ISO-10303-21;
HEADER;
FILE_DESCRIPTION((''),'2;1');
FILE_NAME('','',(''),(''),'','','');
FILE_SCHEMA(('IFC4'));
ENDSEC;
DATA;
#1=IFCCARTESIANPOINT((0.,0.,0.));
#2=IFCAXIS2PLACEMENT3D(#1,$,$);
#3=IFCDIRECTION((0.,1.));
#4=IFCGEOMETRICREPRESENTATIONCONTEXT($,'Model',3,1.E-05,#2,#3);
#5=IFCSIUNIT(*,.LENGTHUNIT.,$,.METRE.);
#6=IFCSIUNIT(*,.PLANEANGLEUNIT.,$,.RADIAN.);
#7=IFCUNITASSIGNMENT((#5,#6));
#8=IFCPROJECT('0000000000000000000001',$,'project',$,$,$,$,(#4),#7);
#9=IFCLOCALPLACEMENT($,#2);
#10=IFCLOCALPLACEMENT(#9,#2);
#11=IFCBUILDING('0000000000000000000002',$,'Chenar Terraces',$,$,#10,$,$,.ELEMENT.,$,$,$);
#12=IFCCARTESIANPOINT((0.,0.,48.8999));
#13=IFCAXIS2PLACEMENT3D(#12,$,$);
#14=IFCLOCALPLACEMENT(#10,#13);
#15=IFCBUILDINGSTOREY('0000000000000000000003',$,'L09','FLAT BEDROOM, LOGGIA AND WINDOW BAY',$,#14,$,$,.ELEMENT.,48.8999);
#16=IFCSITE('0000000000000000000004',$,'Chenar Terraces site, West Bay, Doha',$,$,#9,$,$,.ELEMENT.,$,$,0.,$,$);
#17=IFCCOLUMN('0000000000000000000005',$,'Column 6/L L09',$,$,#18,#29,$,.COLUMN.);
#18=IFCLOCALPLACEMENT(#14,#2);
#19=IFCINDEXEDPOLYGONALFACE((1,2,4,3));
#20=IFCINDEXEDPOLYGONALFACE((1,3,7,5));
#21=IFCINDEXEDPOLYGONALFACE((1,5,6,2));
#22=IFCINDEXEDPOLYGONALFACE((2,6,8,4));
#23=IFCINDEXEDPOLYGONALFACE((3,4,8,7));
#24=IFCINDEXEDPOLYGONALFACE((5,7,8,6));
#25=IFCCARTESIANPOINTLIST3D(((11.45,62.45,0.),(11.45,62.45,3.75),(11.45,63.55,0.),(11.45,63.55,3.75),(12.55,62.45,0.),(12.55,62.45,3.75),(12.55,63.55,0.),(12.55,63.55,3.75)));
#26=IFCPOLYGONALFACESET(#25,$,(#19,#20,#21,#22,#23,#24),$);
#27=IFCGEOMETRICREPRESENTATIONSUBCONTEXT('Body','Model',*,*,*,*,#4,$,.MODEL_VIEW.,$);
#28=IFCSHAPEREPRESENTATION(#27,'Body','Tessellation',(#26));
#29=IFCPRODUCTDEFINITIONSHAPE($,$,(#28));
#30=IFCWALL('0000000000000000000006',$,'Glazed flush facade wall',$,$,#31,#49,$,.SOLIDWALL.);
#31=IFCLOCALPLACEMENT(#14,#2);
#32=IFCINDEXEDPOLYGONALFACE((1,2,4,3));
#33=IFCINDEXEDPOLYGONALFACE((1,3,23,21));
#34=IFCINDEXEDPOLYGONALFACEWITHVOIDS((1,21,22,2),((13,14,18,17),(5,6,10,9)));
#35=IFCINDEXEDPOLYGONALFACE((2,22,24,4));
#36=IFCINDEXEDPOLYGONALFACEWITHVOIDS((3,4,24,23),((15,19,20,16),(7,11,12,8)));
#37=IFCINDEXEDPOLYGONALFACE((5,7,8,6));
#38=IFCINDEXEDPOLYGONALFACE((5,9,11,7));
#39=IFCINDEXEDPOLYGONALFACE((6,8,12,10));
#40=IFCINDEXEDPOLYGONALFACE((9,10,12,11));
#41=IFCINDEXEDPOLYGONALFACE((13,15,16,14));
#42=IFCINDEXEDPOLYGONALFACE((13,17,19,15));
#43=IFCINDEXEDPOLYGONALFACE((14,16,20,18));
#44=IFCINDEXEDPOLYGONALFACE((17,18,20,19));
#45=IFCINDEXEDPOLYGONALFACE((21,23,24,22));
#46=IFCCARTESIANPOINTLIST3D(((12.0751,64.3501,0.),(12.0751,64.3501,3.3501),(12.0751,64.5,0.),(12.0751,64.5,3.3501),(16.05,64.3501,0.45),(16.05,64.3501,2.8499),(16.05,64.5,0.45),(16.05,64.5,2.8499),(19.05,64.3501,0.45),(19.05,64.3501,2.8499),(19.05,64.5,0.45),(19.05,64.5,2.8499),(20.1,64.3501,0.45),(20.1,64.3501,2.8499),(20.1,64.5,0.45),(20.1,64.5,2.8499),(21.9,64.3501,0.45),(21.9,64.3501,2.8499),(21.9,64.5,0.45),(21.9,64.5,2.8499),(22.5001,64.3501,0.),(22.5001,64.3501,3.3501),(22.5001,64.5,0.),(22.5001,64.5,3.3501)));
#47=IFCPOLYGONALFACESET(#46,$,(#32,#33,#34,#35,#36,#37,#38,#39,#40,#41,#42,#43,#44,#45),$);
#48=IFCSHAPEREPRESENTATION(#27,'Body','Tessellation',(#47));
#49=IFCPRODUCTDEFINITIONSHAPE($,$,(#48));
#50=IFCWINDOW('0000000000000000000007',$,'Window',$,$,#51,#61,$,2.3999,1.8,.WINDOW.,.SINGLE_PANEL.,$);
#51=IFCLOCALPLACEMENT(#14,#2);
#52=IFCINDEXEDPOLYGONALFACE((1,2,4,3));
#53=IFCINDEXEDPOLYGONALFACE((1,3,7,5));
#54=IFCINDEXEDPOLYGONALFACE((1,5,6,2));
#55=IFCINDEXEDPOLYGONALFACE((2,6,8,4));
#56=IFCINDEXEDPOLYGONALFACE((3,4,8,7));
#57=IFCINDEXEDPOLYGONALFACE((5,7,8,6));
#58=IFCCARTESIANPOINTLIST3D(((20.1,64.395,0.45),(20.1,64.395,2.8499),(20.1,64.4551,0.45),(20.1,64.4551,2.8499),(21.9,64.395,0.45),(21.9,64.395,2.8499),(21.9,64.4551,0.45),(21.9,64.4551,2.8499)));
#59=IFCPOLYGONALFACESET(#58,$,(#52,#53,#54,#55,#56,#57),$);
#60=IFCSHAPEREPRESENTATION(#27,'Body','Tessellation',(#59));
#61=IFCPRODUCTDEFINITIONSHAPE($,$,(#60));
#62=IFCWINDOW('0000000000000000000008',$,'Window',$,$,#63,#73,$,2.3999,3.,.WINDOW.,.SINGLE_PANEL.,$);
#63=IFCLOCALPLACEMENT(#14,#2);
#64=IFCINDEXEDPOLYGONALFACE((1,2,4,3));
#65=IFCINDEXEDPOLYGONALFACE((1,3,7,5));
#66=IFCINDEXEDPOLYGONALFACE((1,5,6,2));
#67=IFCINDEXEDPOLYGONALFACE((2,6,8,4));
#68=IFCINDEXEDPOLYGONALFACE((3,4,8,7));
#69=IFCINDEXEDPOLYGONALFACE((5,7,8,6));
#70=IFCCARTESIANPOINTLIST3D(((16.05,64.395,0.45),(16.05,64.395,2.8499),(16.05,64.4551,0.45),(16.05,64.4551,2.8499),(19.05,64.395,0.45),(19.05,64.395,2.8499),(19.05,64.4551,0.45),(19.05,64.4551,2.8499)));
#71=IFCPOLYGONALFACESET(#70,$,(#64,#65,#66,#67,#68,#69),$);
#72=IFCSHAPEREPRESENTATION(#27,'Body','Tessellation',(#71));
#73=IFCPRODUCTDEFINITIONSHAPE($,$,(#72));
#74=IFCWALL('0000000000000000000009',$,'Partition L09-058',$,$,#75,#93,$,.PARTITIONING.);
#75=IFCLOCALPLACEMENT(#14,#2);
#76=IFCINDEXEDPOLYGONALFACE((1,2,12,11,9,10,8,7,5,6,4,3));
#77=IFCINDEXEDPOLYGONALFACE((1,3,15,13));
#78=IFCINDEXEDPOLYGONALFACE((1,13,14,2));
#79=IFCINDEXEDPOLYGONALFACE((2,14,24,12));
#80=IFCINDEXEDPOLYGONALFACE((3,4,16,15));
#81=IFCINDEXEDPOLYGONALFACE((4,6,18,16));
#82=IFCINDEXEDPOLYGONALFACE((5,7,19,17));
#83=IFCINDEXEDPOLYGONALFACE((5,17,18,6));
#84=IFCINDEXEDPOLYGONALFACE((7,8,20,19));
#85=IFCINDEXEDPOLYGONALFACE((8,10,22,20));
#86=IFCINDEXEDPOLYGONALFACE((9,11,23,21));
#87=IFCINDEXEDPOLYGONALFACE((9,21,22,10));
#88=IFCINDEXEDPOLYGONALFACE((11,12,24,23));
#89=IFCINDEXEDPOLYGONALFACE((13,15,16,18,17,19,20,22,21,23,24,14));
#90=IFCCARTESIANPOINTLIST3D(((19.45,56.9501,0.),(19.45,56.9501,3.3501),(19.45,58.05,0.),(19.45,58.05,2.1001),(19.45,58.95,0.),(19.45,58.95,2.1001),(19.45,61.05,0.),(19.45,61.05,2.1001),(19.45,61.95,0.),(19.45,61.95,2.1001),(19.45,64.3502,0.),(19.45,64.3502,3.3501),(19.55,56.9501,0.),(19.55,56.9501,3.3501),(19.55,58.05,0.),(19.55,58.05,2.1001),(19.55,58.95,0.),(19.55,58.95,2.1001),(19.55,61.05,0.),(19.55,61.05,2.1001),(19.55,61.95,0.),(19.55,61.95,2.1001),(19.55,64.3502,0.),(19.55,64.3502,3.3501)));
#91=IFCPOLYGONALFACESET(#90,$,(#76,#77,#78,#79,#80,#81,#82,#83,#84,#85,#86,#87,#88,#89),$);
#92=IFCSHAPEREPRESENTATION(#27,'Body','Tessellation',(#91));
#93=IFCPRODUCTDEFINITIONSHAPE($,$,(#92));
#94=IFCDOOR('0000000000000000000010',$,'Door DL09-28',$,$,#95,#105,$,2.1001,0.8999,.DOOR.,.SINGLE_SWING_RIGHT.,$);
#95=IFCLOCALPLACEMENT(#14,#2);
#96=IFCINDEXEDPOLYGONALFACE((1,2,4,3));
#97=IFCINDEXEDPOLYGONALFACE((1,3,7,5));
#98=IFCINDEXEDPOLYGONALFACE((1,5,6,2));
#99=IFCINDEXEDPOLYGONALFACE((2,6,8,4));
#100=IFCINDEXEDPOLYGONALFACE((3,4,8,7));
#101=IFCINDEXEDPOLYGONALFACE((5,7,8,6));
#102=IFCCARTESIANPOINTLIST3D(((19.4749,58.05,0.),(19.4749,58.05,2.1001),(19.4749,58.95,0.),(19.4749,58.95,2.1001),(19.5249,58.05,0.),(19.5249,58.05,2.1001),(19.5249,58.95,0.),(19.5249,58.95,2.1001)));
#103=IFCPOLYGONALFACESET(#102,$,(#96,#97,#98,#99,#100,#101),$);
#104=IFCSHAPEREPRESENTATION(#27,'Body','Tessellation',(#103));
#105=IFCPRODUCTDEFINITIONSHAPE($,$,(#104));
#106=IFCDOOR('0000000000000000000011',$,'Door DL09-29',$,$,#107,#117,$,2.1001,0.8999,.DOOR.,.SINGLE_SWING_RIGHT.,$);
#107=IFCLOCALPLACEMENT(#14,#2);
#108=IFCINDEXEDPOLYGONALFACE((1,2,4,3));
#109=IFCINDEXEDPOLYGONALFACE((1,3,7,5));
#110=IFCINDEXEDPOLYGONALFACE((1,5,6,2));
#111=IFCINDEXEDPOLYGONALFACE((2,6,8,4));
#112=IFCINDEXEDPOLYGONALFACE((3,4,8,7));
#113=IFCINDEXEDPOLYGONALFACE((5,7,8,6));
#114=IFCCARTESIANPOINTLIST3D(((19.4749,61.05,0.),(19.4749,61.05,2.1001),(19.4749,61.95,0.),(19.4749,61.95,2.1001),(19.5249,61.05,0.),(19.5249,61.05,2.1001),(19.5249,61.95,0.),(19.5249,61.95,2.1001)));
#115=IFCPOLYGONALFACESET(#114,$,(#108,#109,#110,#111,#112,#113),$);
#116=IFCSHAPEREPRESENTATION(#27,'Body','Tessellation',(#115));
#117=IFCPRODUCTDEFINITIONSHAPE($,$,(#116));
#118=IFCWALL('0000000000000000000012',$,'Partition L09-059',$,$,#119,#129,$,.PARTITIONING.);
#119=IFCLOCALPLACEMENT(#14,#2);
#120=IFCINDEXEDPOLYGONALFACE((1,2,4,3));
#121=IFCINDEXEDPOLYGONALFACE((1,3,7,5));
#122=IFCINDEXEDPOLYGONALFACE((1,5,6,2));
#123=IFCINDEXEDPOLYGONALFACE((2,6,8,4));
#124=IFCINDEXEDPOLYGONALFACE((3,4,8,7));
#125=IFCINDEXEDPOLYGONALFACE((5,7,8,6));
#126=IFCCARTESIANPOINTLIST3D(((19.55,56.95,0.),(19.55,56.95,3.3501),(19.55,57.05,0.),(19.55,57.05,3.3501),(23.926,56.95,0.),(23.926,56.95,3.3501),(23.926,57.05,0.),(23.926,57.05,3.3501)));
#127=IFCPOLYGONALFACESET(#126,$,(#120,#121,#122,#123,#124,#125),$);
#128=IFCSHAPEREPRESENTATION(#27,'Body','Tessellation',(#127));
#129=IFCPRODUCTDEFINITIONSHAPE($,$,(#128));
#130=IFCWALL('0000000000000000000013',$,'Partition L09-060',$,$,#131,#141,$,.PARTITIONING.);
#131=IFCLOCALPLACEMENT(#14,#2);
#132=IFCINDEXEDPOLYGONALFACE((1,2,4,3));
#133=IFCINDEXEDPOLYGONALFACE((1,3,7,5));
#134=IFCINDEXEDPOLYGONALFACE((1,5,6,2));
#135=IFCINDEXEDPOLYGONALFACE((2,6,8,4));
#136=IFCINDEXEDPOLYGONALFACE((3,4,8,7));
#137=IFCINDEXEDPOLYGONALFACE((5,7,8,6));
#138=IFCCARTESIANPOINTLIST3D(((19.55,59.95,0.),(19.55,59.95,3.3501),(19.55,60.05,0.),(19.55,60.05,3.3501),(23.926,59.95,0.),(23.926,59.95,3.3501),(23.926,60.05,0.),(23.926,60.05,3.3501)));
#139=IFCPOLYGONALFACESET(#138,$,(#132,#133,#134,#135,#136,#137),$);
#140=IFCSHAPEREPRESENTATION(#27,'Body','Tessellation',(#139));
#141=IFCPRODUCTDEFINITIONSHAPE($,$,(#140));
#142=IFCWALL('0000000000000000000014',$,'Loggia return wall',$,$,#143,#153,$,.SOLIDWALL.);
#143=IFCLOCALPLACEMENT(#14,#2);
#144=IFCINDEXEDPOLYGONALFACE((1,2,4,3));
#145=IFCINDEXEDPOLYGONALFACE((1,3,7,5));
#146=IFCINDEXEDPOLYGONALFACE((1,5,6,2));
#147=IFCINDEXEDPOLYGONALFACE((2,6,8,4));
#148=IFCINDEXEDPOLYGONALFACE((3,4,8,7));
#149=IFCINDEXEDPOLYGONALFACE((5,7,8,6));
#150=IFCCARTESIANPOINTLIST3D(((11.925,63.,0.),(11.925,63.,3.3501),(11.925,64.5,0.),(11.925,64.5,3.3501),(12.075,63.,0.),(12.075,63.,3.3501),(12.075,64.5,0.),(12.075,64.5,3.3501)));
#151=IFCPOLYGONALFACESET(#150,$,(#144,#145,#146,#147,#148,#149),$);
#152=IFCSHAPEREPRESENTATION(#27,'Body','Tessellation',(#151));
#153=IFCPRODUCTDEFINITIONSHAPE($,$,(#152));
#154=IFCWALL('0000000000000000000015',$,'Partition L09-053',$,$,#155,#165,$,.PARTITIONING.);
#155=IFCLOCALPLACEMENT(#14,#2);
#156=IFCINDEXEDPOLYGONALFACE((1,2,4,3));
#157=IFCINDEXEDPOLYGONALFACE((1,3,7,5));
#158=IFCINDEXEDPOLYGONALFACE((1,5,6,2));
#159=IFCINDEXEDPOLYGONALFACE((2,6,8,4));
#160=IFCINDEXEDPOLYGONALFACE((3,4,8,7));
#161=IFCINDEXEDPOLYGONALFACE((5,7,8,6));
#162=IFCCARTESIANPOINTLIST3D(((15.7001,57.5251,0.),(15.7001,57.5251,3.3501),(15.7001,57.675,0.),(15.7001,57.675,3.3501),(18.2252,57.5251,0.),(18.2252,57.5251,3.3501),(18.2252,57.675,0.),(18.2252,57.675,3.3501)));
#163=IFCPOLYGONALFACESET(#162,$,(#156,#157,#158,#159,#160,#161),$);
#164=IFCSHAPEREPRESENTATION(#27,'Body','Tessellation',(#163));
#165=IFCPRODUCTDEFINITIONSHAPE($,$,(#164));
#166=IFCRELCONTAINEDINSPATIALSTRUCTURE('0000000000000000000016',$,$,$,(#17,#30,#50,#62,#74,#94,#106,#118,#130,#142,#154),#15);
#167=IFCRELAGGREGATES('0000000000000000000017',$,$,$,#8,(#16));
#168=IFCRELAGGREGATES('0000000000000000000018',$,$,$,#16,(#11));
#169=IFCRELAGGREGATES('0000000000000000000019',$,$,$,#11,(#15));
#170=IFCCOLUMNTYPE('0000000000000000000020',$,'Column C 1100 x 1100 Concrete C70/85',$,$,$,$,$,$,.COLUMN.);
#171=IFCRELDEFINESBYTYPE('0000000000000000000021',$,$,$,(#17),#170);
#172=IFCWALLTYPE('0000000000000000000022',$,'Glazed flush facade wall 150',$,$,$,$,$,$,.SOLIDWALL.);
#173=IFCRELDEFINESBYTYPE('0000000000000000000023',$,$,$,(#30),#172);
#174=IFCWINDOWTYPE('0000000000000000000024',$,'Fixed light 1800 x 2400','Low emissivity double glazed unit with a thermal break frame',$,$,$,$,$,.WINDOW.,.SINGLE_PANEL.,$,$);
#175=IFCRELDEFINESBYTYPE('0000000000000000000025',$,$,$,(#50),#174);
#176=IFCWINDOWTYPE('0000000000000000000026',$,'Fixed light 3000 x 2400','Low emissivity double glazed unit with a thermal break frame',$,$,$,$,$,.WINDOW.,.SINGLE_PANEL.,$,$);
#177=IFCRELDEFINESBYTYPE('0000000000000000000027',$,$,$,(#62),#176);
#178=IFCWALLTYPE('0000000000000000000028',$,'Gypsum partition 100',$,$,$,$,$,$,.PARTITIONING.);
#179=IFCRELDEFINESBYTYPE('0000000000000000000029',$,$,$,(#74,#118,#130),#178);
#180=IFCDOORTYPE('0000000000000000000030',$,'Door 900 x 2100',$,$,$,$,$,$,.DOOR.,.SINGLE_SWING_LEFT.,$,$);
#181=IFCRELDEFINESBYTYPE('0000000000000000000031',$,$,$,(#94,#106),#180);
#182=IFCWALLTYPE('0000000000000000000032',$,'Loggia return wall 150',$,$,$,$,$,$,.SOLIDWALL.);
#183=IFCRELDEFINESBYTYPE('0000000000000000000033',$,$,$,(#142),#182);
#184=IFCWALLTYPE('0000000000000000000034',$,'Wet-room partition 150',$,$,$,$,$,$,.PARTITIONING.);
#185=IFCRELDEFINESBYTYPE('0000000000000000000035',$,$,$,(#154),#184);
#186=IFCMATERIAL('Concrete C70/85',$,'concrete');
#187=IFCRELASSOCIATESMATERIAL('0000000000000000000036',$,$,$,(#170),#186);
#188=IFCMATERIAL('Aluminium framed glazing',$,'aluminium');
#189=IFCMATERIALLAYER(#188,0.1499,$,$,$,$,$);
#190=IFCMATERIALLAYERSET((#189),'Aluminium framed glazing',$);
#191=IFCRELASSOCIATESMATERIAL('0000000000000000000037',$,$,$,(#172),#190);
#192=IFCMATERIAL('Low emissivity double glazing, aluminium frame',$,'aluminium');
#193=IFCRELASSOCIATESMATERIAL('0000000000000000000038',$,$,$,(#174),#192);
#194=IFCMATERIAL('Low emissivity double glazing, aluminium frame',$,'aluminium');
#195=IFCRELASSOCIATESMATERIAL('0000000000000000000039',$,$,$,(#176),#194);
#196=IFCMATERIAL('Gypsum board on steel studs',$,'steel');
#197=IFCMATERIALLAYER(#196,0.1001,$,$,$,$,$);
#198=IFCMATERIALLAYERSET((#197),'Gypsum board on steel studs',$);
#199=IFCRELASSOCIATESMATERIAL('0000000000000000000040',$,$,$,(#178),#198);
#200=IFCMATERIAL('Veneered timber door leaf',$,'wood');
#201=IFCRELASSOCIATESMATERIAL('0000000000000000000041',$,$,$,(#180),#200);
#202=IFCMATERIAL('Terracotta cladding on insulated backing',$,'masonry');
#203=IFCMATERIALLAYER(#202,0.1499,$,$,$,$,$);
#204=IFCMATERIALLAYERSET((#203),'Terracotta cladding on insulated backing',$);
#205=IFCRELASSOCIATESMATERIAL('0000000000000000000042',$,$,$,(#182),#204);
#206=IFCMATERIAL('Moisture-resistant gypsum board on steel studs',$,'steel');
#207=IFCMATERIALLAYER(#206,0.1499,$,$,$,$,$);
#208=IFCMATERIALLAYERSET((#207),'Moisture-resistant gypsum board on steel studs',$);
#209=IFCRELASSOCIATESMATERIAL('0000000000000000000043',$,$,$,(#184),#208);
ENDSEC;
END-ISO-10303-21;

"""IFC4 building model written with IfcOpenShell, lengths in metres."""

from ifc_helpers import new_model, si_unit, direction, frame, frame_2d, origin, origin_2d, place, context, subcontext, project, spatial, rectangle, extrude, material, layer, layer_set, material_profile, profile_set, type_object, element, fill, save


model = new_model("IFC4")

# Units and contexts
model_context = context("Model", 3, precision=1e-05, world=origin(), true_north=direction((0.0, 1.0)))
body_context = subcontext(model_context, "Body", "Model", "MODEL_VIEW")
ifc_project = project(units=[si_unit("LENGTHUNIT", "METRE"), si_unit("PLANEANGLEUNIT", "RADIAN")], contexts=[model_context])

# Site, building, storey
site_placement = place(None, origin())
site = spatial("IfcSite", under=ifc_project, at=site_placement, Name="Chenar Terraces site, West Bay, Doha", CompositionType="ELEMENT", RefElevation=0.0)
building_placement = place(site_placement, origin())
building = spatial("IfcBuilding", under=site, at=building_placement, Name="Chenar Terraces", CompositionType="ELEMENT")
storey_placement = place(building_placement, frame((0.0, 0.0, 48.8999)))
storey = spatial("IfcBuildingStorey", under=building, at=storey_placement, Name="L09", Description="FLAT BEDROOM, LOGGIA AND WINDOW BAY", CompositionType="ELEMENT", Elevation=48.8999)

# Column
ifc_material_1 = material(Name="Concrete C70/85", Category="concrete")
ifc_material_profile_1 = material_profile(ifc_material_1, rectangle(XDim=1.1001, YDim=1.1001, at=origin_2d()), Name="C 1100 x 1100")
ifc_profile_set_1 = profile_set([ifc_material_profile_1], Name="Concrete C70/85")
column_type = type_object("IfcColumnType", Name="Column C 1100 x 1100 Concrete C70/85", PredefinedType="COLUMN", material=ifc_profile_set_1)
column_placement = place(storey_placement, frame((12.0, 63.0, 0.0), z_axis=(0.0, 0.0, 1.0), x_axis=(1.0, 0.0, 0.0)))
element("IfcColumn", 1, at=column_placement, inside=storey, type_object=column_type, Name="Column 6/L L09", PredefinedType="COLUMN", context=body_context, shape_type="SweptSolid", body=[
    extrude(rectangle(XDim=1.1001, YDim=1.1001, at=origin_2d()), origin(), (0.0, 0.0, 1.0), 3.75),
])

# Wall, openings, windows
ifc_material_2 = material(Name="Aluminium framed glazing", Category="aluminium")
ifc_layer_1 = layer(ifc_material_2, 0.1499)
ifc_layer_set_1 = layer_set([ifc_layer_1], Name="Aluminium framed glazing")
wall_type_1 = type_object("IfcWallType", Name="Glazed flush facade wall 150", PredefinedType="SOLIDWALL", material=ifc_layer_set_1)
wall_1_placement = place(storey_placement, frame((22.5, 64.425, 0.0), z_axis=(0.0, 0.0, 1.0), x_axis=(-1.0, 0.0, 0.0)))
wall_1 = element("IfcWall", 2, at=wall_1_placement, inside=storey, type_object=wall_type_1, Name="Glazed flush facade wall", PredefinedType="SOLIDWALL", context=body_context, shape_type="SweptSolid", body=[
    extrude(rectangle(XDim=10.425, YDim=0.1499, at=frame_2d((5.2124, 0.0))), origin(), (0.0, 0.0, 1.0), 3.3501),
])
opening_1_placement = place(wall_1_placement, frame((0.6001, 0.0, 0.45)))
opening_1 = element("IfcOpeningElement", 3, at=opening_1_placement, cuts=wall_1, PredefinedType="OPENING", context=body_context, shape_type="SweptSolid", body=[
    extrude(rectangle(XDim=1.8, YDim=2.3999, at=frame_2d((0.8999, 1.2))), frame((0.0, 0.085, 0.0), z_axis=(0.0, -1.0, 0.0), x_axis=(1.0, 0.0, 0.0)), (0.0, 0.0, 1.0), 0.1699),
])
opening_2_placement = place(wall_1_placement, frame((3.45, 0.0, 0.45)))
opening_2 = element("IfcOpeningElement", 4, at=opening_2_placement, cuts=wall_1, PredefinedType="OPENING", context=body_context, shape_type="SweptSolid", body=[
    extrude(rectangle(XDim=3.0, YDim=2.3999, at=frame_2d((1.5, 1.2))), frame((0.0, 0.085, 0.0), z_axis=(0.0, -1.0, 0.0), x_axis=(1.0, 0.0, 0.0)), (0.0, 0.0, 1.0), 0.1699),
])
ifc_material_3 = material(Name="Low emissivity double glazing, aluminium frame", Category="aluminium")
window_type_1 = type_object("IfcWindowType", Name="Fixed light 1800 x 2400", Description="Low emissivity double glazed unit with a thermal break frame", PartitioningType="SINGLE_PANEL", PredefinedType="WINDOW", material=ifc_material_3)
window_1_placement = place(opening_1_placement, origin())
window_1 = element("IfcWindow", 5, at=window_1_placement, inside=storey, type_object=window_type_1, Name="Window", OverallHeight=2.3999, OverallWidth=1.8, PartitioningType="SINGLE_PANEL", PredefinedType="WINDOW", context=body_context, shape_type="SweptSolid", body=[
    extrude(rectangle(XDim=1.8, YDim=2.3999, at=frame_2d((0.8999, 1.2))), frame((0.0, 0.03, 0.0), z_axis=(0.0, -1.0, 0.0), x_axis=(1.0, 0.0, 0.0)), (0.0, 0.0, 1.0), 0.0601),
])
fill(opening_1, window_1)
ifc_material_4 = material(Name="Low emissivity double glazing, aluminium frame", Category="aluminium")
window_type_2 = type_object("IfcWindowType", Name="Fixed light 3000 x 2400", Description="Low emissivity double glazed unit with a thermal break frame", PartitioningType="SINGLE_PANEL", PredefinedType="WINDOW", material=ifc_material_4)
window_2_placement = place(opening_2_placement, origin())
window_2 = element("IfcWindow", 6, at=window_2_placement, inside=storey, type_object=window_type_2, Name="Window", OverallHeight=2.3999, OverallWidth=3.0, PartitioningType="SINGLE_PANEL", PredefinedType="WINDOW", context=body_context, shape_type="SweptSolid", body=[
    extrude(rectangle(XDim=3.0, YDim=2.3999, at=frame_2d((1.5, 1.2))), frame((0.0, 0.03, 0.0), z_axis=(0.0, -1.0, 0.0), x_axis=(1.0, 0.0, 0.0)), (0.0, 0.0, 1.0), 0.0601),
])
fill(opening_2, window_2)

# Wall, openings, doors
ifc_material_5 = material(Name="Gypsum board on steel studs", Category="steel")
ifc_layer_2 = layer(ifc_material_5, 0.1001)
ifc_layer_set_2 = layer_set([ifc_layer_2], Name="Gypsum board on steel studs")
wall_type_2 = type_object("IfcWallType", Name="Gypsum partition 100", PredefinedType="PARTITIONING", material=ifc_layer_set_2)
wall_2_placement = place(storey_placement, frame((19.5, 56.95, 0.0), z_axis=(0.0, 0.0, 1.0), x_axis=(0.0, 1.0, 0.0)))
wall_2 = element("IfcWall", 7, at=wall_2_placement, inside=storey, type_object=wall_type_2, Name="Partition L09-058", PredefinedType="PARTITIONING", context=body_context, shape_type="SweptSolid", body=[
    extrude(rectangle(XDim=7.4001, YDim=0.1001, at=frame_2d((3.7002, 0.0))), origin(), (0.0, 0.0, 1.0), 3.3501),
])
opening_3_placement = place(wall_2_placement, frame((1.1001, 0.0, 0.0)))
opening_3 = element("IfcOpeningElement", 8, at=opening_3_placement, cuts=wall_2, PredefinedType="OPENING", context=body_context, shape_type="SweptSolid", body=[
    extrude(rectangle(XDim=0.8999, YDim=2.1001, at=frame_2d((0.45, 1.05))), frame((0.0, 0.0601, 0.0), z_axis=(0.0, -1.0, 0.0), x_axis=(1.0, 0.0, 0.0)), (0.0, 0.0, 1.0), 0.1201),
])
opening_4_placement = place(wall_2_placement, frame((4.1001, 0.0, 0.0)))
opening_4 = element("IfcOpeningElement", 9, at=opening_4_placement, cuts=wall_2, PredefinedType="OPENING", context=body_context, shape_type="SweptSolid", body=[
    extrude(rectangle(XDim=0.8999, YDim=2.1001, at=frame_2d((0.45, 1.05))), frame((0.0, 0.0601, 0.0), z_axis=(0.0, -1.0, 0.0), x_axis=(1.0, 0.0, 0.0)), (0.0, 0.0, 1.0), 0.1201),
])
ifc_material_6 = material(Name="Veneered timber door leaf", Category="wood")
door_type_1 = type_object("IfcDoorType", Name="Door 900 x 2100", OperationType="SINGLE_SWING_LEFT", PredefinedType="DOOR", material=ifc_material_6)
door_1_placement = place(opening_3_placement, frame((0.8999, 0.0, 0.0), z_axis=(0.0, 0.0, 1.0), x_axis=(-1.0, 0.0, 0.0)))
door_1 = element("IfcDoor", 10, at=door_1_placement, inside=storey, type_object=door_type_1, Name="Door DL09-28", OperationType="SINGLE_SWING_RIGHT", OverallHeight=2.1001, OverallWidth=0.8999, PredefinedType="DOOR", context=body_context, shape_type="SweptSolid", body=[
    extrude(rectangle(XDim=0.8999, YDim=2.1001, at=frame_2d((0.45, 1.05))), frame((0.0, 0.0249, 0.0), z_axis=(0.0, -1.0, 0.0), x_axis=(1.0, 0.0, 0.0)), (0.0, 0.0, 1.0), 0.05),
])
fill(opening_3, door_1)
door_2_placement = place(opening_4_placement, frame((0.8999, 0.0, 0.0), z_axis=(0.0, 0.0, 1.0), x_axis=(-1.0, 0.0, 0.0)))
door_2 = element("IfcDoor", 11, at=door_2_placement, inside=storey, type_object=door_type_1, Name="Door DL09-29", OperationType="SINGLE_SWING_RIGHT", OverallHeight=2.1001, OverallWidth=0.8999, PredefinedType="DOOR", context=body_context, shape_type="SweptSolid", body=[
    extrude(rectangle(XDim=0.8999, YDim=2.1001, at=frame_2d((0.45, 1.05))), frame((0.0, 0.0249, 0.0), z_axis=(0.0, -1.0, 0.0), x_axis=(1.0, 0.0, 0.0)), (0.0, 0.0, 1.0), 0.05),
])
fill(opening_4, door_2)

# Walls
for number, where, z_axis, x_axis, name in (
    (12, (19.55, 57.0, 0.0), (0.0, 0.0, 1.0), (1.0, 0.0, 0.0), "Partition L09-059"),
    (13, (19.55, 60.0, 0.0), (0.0, 0.0, 1.0), (1.0, 0.0, 0.0), "Partition L09-060"),
):
    element("IfcWall", number, at=place(storey_placement, frame(where, z_axis=z_axis, x_axis=x_axis)), inside=storey, type_object=wall_type_2, Name=name, PredefinedType="PARTITIONING", context=body_context, shape_type="SweptSolid", body=[
        extrude(rectangle(XDim=4.376, YDim=0.1001, at=frame_2d((2.188, 0.0))), origin(), (0.0, 0.0, 1.0), 3.3501),
    ])
ifc_material_7 = material(Name="Terracotta cladding on insulated backing", Category="masonry")
ifc_layer_3 = layer(ifc_material_7, 0.1499)
ifc_layer_set_3 = layer_set([ifc_layer_3], Name="Terracotta cladding on insulated backing")
wall_type_3 = type_object("IfcWallType", Name="Loggia return wall 150", PredefinedType="SOLIDWALL", material=ifc_layer_set_3)
wall_3_placement = place(storey_placement, frame((12.0, 64.5, 0.0), z_axis=(0.0, 0.0, 1.0), x_axis=(0.0, -1.0, 0.0)))
element("IfcWall", 14, at=wall_3_placement, inside=storey, type_object=wall_type_3, Name="Loggia return wall", PredefinedType="SOLIDWALL", context=body_context, shape_type="SweptSolid", body=[
    extrude(rectangle(XDim=1.5, YDim=0.1499, at=frame_2d((0.75, 0.0))), origin(), (0.0, 0.0, 1.0), 3.3501),
])
ifc_material_8 = material(Name="Moisture-resistant gypsum board on steel studs", Category="steel")
ifc_layer_4 = layer(ifc_material_8, 0.1499)
ifc_layer_set_4 = layer_set([ifc_layer_4], Name="Moisture-resistant gypsum board on steel studs")
wall_type_4 = type_object("IfcWallType", Name="Wet-room partition 150", PredefinedType="PARTITIONING", material=ifc_layer_set_4)
for number, where, z_axis, x_axis, name in (
    (15, (15.7, 57.6001, 0.0), (0.0, 0.0, 1.0), (1.0, 0.0, 0.0), "Partition L09-053"),
):
    element("IfcWall", number, at=place(storey_placement, frame(where, z_axis=z_axis, x_axis=x_axis)), inside=storey, type_object=wall_type_4, Name=name, PredefinedType="PARTITIONING", context=body_context, shape_type="SweptSolid", body=[
        extrude(rectangle(XDim=2.5251, YDim=0.1499, at=frame_2d((1.2627, 0.0))), origin(), (0.0, 0.0, 1.0), 3.3501),
    ])

save(model, "model.ifc")
